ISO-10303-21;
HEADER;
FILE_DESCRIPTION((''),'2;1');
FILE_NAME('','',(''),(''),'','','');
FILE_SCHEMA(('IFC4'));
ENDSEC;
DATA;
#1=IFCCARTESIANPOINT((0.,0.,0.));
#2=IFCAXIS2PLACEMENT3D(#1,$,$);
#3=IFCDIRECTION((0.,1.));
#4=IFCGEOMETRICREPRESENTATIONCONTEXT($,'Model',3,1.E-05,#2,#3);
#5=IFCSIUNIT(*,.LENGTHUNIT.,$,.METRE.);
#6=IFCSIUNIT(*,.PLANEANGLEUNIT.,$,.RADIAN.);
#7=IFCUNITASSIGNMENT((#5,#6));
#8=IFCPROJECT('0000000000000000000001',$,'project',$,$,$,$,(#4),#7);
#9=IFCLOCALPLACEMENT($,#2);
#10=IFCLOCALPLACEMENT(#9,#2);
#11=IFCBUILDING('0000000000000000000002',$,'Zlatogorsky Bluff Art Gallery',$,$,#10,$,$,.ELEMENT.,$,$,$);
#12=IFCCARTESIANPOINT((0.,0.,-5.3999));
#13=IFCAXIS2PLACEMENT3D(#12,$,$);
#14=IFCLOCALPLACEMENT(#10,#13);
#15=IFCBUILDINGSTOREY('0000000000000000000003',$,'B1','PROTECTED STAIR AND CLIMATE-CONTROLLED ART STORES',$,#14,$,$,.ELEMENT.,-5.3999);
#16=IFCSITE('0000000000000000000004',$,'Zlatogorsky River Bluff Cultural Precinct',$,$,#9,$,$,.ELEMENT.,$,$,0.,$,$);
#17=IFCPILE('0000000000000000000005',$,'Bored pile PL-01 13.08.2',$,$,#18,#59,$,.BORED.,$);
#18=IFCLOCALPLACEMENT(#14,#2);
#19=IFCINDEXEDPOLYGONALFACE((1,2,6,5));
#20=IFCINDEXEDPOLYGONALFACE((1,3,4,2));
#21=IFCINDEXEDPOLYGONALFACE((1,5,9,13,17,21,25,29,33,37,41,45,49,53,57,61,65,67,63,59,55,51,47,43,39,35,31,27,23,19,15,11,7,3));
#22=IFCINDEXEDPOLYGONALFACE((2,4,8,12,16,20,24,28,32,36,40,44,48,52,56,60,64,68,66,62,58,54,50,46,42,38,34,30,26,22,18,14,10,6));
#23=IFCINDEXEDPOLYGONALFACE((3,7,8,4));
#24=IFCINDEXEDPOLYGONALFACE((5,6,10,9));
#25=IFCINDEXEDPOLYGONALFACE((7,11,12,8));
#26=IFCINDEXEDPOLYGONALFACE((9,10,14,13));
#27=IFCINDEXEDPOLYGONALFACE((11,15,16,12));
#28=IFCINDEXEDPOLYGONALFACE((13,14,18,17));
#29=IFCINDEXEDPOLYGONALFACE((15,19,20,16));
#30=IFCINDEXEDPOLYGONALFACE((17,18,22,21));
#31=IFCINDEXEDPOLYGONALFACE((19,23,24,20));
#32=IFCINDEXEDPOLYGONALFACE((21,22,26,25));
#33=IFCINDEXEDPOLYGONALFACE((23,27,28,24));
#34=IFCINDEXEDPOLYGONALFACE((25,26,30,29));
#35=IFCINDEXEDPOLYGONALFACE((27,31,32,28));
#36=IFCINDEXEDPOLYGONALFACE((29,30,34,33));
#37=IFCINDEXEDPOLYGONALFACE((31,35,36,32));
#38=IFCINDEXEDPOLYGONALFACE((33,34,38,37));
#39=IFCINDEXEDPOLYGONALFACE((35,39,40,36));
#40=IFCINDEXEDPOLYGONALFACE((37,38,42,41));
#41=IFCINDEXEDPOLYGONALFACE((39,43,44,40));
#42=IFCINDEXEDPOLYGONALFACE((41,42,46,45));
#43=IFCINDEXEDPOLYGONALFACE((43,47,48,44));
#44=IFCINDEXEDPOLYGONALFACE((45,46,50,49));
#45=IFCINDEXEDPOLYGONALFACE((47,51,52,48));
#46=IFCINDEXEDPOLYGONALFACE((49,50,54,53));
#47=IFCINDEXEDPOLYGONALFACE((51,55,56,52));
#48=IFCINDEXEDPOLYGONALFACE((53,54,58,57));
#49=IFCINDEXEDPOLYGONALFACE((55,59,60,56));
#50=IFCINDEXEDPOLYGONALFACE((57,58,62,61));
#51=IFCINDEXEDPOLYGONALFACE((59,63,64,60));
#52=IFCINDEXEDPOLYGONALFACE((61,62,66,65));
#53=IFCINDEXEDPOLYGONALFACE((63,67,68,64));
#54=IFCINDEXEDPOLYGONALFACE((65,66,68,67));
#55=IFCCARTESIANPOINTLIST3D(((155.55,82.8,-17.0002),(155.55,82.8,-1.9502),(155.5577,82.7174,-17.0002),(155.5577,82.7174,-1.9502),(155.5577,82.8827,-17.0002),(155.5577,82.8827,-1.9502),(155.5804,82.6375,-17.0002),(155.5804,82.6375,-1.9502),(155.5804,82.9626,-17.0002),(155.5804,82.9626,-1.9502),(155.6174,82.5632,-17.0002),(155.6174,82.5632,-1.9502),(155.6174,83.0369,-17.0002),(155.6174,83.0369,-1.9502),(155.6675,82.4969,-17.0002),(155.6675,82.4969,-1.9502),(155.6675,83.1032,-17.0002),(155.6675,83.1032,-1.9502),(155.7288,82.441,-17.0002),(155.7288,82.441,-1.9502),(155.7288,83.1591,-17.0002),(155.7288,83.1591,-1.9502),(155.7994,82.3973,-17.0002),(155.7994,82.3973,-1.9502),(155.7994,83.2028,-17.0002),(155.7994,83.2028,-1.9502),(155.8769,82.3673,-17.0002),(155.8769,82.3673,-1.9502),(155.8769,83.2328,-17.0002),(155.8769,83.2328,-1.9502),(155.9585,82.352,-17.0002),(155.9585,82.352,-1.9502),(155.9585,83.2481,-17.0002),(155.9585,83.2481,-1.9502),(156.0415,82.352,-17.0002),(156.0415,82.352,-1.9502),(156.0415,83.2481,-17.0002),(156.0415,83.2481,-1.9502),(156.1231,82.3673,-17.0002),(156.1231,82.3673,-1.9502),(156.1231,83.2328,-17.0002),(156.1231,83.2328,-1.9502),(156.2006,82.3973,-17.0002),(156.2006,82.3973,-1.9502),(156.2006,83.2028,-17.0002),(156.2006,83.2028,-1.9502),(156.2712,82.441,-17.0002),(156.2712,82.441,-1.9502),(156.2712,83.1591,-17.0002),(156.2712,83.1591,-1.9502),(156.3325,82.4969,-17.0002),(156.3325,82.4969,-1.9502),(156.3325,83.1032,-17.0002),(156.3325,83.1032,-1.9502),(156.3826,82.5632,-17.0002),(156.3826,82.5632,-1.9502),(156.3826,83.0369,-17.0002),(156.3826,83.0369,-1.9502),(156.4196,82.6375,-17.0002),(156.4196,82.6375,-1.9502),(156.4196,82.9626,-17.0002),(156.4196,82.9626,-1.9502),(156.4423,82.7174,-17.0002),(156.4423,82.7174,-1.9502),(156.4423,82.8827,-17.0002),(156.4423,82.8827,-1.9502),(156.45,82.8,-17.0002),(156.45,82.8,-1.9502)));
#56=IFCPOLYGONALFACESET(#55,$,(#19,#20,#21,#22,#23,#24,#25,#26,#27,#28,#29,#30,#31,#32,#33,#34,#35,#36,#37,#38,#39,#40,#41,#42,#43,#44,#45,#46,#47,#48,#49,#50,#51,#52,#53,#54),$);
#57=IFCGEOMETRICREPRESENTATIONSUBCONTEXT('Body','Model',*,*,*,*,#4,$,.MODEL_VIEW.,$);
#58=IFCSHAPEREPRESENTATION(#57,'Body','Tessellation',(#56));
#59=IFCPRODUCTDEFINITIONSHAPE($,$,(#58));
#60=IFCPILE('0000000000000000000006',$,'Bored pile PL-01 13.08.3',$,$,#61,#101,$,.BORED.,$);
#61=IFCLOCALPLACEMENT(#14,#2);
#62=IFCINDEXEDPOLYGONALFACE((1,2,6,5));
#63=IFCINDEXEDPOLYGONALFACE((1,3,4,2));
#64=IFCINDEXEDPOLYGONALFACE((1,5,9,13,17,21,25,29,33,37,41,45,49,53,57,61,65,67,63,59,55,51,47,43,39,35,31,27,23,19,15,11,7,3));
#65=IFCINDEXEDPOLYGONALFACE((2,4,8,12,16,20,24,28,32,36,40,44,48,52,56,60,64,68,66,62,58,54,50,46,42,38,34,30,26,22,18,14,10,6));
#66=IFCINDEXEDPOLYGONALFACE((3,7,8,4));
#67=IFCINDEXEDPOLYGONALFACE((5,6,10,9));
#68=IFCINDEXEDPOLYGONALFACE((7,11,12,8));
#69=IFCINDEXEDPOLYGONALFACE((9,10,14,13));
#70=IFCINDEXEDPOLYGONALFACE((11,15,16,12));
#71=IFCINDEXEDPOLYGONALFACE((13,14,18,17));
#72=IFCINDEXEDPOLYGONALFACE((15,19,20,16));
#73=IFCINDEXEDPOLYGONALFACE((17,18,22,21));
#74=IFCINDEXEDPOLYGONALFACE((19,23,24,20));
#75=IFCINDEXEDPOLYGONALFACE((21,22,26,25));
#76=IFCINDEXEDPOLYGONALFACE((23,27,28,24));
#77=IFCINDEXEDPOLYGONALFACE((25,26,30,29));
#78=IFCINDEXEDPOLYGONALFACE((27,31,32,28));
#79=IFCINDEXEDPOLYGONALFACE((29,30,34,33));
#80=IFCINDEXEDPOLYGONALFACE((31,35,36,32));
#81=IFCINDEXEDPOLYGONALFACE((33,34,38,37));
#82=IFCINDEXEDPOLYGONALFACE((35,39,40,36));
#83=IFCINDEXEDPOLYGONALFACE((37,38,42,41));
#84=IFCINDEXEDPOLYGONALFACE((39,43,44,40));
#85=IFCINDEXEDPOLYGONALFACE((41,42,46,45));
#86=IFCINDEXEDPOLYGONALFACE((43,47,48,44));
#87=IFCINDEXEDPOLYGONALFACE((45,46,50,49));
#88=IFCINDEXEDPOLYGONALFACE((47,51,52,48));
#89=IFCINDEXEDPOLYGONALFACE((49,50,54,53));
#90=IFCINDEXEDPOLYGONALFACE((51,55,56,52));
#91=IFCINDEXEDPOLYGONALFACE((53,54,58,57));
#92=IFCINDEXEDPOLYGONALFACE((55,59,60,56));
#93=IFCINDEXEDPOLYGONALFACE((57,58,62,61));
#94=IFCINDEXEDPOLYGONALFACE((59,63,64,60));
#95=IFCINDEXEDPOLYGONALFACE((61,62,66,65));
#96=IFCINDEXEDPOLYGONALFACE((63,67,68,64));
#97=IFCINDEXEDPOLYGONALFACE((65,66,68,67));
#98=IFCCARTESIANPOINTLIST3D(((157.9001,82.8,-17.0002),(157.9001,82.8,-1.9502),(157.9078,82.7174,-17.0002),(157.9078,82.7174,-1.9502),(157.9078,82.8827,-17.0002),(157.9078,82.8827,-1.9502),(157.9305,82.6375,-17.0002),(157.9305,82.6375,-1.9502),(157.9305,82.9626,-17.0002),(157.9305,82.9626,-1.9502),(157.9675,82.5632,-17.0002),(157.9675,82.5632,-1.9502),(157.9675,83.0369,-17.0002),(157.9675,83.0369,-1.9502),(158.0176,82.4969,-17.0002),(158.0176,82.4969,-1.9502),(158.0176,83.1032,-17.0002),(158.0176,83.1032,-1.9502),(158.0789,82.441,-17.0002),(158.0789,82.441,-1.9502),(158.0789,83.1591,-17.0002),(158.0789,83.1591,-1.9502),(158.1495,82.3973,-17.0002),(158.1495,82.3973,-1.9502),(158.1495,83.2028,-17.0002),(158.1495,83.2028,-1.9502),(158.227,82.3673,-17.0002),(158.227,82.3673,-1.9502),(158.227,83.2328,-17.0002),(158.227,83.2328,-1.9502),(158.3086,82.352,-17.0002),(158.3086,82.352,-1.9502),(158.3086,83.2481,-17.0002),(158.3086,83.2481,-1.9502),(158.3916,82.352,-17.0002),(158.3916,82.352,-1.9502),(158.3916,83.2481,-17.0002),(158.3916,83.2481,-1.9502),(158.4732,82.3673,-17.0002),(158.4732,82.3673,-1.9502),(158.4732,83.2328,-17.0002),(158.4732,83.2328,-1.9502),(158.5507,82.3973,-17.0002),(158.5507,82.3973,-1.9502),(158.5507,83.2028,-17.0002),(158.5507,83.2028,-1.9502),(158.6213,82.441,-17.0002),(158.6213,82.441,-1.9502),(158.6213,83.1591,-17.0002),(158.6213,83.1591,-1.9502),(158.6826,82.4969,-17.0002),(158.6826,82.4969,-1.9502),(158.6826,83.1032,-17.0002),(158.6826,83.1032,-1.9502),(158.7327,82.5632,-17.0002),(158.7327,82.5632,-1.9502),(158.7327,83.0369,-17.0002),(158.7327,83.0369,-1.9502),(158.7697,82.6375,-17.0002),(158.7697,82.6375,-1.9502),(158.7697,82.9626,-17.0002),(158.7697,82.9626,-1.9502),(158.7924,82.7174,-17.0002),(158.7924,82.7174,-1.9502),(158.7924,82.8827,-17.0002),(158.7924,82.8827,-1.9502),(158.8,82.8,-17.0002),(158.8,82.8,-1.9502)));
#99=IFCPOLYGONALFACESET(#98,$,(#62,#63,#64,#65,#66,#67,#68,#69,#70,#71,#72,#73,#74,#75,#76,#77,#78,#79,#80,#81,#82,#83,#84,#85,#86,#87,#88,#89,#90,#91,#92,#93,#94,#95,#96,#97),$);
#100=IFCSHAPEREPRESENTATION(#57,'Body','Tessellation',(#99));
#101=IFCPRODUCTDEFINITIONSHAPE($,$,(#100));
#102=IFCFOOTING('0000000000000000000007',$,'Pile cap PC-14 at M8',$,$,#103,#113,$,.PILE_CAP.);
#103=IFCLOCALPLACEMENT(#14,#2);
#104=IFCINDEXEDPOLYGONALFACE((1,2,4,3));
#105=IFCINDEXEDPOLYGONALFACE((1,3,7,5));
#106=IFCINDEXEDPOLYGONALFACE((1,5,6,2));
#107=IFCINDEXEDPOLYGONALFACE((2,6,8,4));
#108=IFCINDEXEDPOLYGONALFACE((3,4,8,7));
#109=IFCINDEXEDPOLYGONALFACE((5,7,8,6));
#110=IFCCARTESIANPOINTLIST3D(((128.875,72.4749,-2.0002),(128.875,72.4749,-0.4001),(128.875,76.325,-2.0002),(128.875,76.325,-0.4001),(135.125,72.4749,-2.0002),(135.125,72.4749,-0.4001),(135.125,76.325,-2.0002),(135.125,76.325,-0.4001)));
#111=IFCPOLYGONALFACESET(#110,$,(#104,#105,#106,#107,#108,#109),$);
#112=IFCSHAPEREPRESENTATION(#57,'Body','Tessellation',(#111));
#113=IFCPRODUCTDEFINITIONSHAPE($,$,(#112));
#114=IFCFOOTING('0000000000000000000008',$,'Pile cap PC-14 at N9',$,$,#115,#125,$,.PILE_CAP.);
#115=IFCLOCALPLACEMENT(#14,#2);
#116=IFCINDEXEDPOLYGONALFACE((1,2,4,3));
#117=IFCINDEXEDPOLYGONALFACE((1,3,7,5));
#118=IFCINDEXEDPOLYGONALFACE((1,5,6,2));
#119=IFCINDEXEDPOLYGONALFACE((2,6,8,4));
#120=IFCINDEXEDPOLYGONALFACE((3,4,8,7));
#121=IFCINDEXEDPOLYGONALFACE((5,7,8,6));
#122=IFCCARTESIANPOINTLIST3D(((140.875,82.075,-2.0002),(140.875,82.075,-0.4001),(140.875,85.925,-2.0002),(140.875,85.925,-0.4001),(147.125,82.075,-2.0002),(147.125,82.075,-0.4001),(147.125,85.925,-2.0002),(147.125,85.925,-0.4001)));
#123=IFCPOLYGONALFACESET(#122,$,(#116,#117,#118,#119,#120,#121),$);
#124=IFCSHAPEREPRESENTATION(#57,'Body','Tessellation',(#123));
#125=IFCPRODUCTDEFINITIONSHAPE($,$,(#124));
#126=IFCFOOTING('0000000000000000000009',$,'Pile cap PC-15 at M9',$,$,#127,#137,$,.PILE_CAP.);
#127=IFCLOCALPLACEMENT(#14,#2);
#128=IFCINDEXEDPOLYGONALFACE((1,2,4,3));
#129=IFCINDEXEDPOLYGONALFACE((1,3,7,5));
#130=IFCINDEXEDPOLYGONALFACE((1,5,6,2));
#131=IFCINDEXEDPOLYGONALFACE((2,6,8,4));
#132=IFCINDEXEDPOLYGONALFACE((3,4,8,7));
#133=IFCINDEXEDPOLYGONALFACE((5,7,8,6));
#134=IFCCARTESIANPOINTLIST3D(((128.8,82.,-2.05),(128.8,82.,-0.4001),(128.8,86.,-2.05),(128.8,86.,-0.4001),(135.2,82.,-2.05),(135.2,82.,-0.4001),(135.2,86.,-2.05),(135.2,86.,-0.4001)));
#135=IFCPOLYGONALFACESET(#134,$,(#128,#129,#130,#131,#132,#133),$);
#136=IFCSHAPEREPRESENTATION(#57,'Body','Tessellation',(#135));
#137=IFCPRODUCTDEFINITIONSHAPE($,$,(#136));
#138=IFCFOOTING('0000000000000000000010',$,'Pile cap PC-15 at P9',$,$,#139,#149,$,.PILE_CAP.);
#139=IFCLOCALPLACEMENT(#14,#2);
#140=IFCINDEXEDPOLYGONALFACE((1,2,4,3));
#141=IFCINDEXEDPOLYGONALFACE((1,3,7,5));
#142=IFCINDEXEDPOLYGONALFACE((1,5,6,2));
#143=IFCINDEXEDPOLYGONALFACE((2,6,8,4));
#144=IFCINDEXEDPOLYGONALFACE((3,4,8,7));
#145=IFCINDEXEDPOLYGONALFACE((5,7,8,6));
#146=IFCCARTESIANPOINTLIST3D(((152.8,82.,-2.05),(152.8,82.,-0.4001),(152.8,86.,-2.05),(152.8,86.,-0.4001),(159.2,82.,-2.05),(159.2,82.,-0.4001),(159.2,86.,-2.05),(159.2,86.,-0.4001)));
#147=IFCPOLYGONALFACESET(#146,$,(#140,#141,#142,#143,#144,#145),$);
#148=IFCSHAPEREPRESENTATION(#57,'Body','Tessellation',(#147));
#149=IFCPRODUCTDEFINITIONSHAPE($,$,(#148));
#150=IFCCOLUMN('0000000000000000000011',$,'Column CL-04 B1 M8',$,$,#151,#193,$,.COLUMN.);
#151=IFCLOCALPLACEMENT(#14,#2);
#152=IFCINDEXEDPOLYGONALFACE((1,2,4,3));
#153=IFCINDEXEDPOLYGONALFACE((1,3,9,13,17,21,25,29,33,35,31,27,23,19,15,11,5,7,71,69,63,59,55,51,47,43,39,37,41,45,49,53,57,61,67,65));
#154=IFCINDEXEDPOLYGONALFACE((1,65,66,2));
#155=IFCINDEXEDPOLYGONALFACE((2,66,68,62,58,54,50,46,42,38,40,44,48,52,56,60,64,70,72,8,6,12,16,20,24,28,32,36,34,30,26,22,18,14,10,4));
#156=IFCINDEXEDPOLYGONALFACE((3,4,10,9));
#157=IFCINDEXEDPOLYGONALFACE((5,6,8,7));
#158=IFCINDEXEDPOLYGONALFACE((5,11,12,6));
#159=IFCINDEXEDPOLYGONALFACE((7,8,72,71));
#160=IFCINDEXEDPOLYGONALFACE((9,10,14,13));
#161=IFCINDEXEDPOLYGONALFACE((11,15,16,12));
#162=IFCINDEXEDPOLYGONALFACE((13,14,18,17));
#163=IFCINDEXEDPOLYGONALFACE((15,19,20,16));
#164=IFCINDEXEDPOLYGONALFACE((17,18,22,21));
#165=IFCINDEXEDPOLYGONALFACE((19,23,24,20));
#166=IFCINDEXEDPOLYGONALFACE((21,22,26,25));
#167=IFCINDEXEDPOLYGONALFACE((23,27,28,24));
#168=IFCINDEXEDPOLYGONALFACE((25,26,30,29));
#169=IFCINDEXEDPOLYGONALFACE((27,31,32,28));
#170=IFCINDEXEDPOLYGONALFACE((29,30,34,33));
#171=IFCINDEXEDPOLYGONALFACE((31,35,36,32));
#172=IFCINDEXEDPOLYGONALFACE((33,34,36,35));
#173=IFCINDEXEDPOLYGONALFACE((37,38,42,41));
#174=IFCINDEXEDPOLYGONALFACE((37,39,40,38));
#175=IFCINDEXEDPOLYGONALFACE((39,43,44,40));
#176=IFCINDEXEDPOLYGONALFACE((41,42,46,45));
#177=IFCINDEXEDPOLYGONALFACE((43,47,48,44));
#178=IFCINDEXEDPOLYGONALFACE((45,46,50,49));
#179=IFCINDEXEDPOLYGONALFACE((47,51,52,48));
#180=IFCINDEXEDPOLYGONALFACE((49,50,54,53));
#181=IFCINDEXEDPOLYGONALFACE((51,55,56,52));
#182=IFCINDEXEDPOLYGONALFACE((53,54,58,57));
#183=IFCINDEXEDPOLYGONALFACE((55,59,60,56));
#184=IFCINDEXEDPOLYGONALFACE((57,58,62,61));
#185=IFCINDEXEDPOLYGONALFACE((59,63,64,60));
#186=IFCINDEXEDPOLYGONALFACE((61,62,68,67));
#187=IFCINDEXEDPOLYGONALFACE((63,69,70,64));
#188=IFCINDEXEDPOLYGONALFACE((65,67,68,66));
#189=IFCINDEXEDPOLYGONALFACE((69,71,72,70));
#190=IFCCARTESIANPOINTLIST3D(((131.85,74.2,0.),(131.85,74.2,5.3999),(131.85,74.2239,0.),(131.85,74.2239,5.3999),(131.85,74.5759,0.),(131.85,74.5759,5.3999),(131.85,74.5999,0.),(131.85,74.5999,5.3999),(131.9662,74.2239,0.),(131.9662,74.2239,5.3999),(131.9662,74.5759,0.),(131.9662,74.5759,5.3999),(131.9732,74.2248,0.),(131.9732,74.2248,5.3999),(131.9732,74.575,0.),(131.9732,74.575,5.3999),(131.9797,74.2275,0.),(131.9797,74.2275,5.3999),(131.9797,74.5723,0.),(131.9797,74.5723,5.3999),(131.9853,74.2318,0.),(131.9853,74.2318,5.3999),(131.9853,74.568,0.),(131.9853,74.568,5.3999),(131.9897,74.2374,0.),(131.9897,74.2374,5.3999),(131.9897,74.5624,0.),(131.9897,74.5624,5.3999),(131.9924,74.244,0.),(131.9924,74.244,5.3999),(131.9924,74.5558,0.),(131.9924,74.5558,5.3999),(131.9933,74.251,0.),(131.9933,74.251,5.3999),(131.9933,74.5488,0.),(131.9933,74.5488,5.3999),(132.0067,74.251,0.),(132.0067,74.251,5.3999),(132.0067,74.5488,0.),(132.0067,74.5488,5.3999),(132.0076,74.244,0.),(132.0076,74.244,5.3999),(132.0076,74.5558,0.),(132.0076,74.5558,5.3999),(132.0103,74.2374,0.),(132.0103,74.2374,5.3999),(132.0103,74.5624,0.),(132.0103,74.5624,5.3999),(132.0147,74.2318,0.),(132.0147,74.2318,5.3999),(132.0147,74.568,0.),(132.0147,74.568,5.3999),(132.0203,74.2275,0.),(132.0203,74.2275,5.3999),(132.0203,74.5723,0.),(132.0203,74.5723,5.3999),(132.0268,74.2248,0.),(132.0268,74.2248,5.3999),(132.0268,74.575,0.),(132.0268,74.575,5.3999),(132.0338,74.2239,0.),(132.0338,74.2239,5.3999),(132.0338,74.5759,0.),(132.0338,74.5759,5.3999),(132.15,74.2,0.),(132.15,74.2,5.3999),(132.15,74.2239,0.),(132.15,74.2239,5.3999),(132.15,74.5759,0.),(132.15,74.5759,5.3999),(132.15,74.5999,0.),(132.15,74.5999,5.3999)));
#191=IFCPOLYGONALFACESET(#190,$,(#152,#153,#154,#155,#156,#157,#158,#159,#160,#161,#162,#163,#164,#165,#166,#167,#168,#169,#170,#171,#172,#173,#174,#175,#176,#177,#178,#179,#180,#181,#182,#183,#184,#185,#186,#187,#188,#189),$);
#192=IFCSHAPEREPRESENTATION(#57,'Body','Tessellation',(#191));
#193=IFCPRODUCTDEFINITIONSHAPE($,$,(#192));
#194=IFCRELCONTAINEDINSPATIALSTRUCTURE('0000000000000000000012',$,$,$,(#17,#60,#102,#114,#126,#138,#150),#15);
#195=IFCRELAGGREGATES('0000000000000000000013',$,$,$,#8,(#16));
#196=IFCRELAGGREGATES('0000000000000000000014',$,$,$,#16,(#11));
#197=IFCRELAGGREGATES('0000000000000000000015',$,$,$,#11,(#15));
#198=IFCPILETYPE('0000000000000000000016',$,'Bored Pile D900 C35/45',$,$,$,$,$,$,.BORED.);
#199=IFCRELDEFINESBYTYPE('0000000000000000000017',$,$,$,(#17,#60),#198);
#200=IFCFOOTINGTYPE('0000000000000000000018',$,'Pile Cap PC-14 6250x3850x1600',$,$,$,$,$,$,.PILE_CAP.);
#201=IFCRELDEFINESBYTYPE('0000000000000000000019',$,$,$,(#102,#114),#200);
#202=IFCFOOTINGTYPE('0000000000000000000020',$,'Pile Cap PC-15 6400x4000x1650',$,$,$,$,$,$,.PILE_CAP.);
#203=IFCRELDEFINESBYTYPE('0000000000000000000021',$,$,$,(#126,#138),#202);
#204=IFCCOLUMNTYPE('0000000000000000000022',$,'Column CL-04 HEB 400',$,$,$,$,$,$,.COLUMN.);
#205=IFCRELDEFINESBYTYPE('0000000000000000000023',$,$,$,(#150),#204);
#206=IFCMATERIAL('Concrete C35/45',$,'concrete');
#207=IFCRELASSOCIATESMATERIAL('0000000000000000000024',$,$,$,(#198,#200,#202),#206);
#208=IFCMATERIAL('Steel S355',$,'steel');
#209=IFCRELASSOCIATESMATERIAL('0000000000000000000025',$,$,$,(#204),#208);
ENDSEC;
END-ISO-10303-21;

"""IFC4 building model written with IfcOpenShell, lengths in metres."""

from ifc_helpers import new_model, si_unit, direction, frame, origin, origin_2d, place, context, subcontext, project, spatial, rectangle, circle, i_section, extrude, material, material_profile, profile_set, type_object, element, save


model = new_model("IFC4")

# Units and contexts
model_context = context("Model", 3, precision=1e-05, world=origin(), true_north=direction((0.0, 1.0)))
body_context = subcontext(model_context, "Body", "Model", "MODEL_VIEW")
ifc_project = project(units=[si_unit("LENGTHUNIT", "METRE"), si_unit("PLANEANGLEUNIT", "RADIAN")], contexts=[model_context])

# Site, building, storey
site_placement = place(None, origin())
site = spatial("IfcSite", under=ifc_project, at=site_placement, Name="Zlatogorsky River Bluff Cultural Precinct", CompositionType="ELEMENT", RefElevation=0.0)
building_placement = place(site_placement, origin())
building = spatial("IfcBuilding", under=site, at=building_placement, Name="Zlatogorsky Bluff Art Gallery", CompositionType="ELEMENT")
storey_placement = place(building_placement, frame((0.0, 0.0, -5.3999)))
storey = spatial("IfcBuildingStorey", under=building, at=storey_placement, Name="B1", Description="PROTECTED STAIR AND CLIMATE-CONTROLLED ART STORES", CompositionType="ELEMENT", Elevation=-5.3999)

# Piles
ifc_material_1 = material(Name="Concrete C35/45", Category="concrete")
ifc_material_profile_1 = material_profile(ifc_material_1, circle(Radius=0.45, at=origin_2d()), Name="BORED PILE D900")
ifc_profile_set_1 = profile_set([ifc_material_profile_1], Name="Concrete C35/45")
pile_type = type_object("IfcPileType", Name="Bored Pile D900 C35/45", PredefinedType="BORED", material=ifc_profile_set_1)
for number, where, z_axis, x_axis, name in (
    (1, (156.0, 82.8, -1.9502), (0.0, 0.0, -1.0), (1.0, 0.0, 0.0), "Bored pile PL-01 13.08.2"),
    (2, (158.3501, 82.8, -1.9502), (0.0, 0.0, -1.0), (1.0, 0.0, 0.0), "Bored pile PL-01 13.08.3"),
):
    element("IfcPile", number, at=place(storey_placement, frame(where, z_axis=z_axis, x_axis=x_axis)), inside=storey, type_object=pile_type, Name=name, PredefinedType="BORED", context=body_context, shape_type="SweptSolid", body=[
        extrude(circle(Radius=0.45, at=origin_2d()), origin(), (0.0, 0.0, 1.0), 15.05),
    ])

# Footings
footing_type_1 = type_object("IfcFootingType", Name="Pile Cap PC-14 6250x3850x1600", PredefinedType="PILE_CAP", material=ifc_material_1)
for number, where, z_axis, x_axis, name in (
    (3, (132.0, 74.3999, -2.0002), (0.0, 0.0, 1.0), (1.0, 0.0, 0.0), "Pile cap PC-14 at M8"),
    (4, (144.0, 84.0, -2.0002), (0.0, 0.0, 1.0), (1.0, 0.0, 0.0), "Pile cap PC-14 at N9"),
):
    element("IfcFooting", number, at=place(storey_placement, frame(where, z_axis=z_axis, x_axis=x_axis)), inside=storey, type_object=footing_type_1, Name=name, PredefinedType="PILE_CAP", context=body_context, shape_type="SweptSolid", body=[
        extrude(rectangle(XDim=6.25, YDim=3.8501, at=origin_2d()), origin(), (0.0, 0.0, 1.0), 1.6001),
    ])
footing_type_2 = type_object("IfcFootingType", Name="Pile Cap PC-15 6400x4000x1650", PredefinedType="PILE_CAP", material=ifc_material_1)
for number, where, z_axis, x_axis, name in (
    (5, (132.0, 84.0, -2.05), (0.0, 0.0, 1.0), (1.0, 0.0, 0.0), "Pile cap PC-15 at M9"),
    (6, (156.0, 84.0, -2.05), (0.0, 0.0, 1.0), (1.0, 0.0, 0.0), "Pile cap PC-15 at P9"),
):
    element("IfcFooting", number, at=place(storey_placement, frame(where, z_axis=z_axis, x_axis=x_axis)), inside=storey, type_object=footing_type_2, Name=name, PredefinedType="PILE_CAP", context=body_context, shape_type="SweptSolid", body=[
        extrude(rectangle(XDim=6.3999, YDim=4.0, at=origin_2d()), origin(), (0.0, 0.0, 1.0), 1.6499),
    ])

# Column
ifc_material_2 = material(Name="Steel S355", Category="steel")
ifc_material_profile_2 = material_profile(ifc_material_2, i_section(OverallWidth=0.3, OverallDepth=0.3999, WebThickness=0.0134, FlangeThickness=0.0239, FilletRadius=0.0271, at=origin_2d()), Name="HEB 400")
ifc_profile_set_2 = profile_set([ifc_material_profile_2], Name="Steel S355")
column_type = type_object("IfcColumnType", Name="Column CL-04 HEB 400", PredefinedType="COLUMN", material=ifc_profile_set_2)
for number, where, z_axis, x_axis, name in (
    (7, (132.0, 74.3999, 0.0), (0.0, 0.0, 1.0), (1.0, 0.0, 0.0), "Column CL-04 B1 M8"),
):
    element("IfcColumn", number, at=place(storey_placement, frame(where, z_axis=z_axis, x_axis=x_axis)), inside=storey, type_object=column_type, Name=name, PredefinedType="COLUMN", context=body_context, shape_type="SweptSolid", body=[
        extrude(i_section(OverallWidth=0.3, OverallDepth=0.3999, WebThickness=0.0134, FlangeThickness=0.0239, FilletRadius=0.0271, at=origin_2d()), origin(), (0.0, 0.0, 1.0), 5.3999),
    ])

save(model, "model.ifc")
